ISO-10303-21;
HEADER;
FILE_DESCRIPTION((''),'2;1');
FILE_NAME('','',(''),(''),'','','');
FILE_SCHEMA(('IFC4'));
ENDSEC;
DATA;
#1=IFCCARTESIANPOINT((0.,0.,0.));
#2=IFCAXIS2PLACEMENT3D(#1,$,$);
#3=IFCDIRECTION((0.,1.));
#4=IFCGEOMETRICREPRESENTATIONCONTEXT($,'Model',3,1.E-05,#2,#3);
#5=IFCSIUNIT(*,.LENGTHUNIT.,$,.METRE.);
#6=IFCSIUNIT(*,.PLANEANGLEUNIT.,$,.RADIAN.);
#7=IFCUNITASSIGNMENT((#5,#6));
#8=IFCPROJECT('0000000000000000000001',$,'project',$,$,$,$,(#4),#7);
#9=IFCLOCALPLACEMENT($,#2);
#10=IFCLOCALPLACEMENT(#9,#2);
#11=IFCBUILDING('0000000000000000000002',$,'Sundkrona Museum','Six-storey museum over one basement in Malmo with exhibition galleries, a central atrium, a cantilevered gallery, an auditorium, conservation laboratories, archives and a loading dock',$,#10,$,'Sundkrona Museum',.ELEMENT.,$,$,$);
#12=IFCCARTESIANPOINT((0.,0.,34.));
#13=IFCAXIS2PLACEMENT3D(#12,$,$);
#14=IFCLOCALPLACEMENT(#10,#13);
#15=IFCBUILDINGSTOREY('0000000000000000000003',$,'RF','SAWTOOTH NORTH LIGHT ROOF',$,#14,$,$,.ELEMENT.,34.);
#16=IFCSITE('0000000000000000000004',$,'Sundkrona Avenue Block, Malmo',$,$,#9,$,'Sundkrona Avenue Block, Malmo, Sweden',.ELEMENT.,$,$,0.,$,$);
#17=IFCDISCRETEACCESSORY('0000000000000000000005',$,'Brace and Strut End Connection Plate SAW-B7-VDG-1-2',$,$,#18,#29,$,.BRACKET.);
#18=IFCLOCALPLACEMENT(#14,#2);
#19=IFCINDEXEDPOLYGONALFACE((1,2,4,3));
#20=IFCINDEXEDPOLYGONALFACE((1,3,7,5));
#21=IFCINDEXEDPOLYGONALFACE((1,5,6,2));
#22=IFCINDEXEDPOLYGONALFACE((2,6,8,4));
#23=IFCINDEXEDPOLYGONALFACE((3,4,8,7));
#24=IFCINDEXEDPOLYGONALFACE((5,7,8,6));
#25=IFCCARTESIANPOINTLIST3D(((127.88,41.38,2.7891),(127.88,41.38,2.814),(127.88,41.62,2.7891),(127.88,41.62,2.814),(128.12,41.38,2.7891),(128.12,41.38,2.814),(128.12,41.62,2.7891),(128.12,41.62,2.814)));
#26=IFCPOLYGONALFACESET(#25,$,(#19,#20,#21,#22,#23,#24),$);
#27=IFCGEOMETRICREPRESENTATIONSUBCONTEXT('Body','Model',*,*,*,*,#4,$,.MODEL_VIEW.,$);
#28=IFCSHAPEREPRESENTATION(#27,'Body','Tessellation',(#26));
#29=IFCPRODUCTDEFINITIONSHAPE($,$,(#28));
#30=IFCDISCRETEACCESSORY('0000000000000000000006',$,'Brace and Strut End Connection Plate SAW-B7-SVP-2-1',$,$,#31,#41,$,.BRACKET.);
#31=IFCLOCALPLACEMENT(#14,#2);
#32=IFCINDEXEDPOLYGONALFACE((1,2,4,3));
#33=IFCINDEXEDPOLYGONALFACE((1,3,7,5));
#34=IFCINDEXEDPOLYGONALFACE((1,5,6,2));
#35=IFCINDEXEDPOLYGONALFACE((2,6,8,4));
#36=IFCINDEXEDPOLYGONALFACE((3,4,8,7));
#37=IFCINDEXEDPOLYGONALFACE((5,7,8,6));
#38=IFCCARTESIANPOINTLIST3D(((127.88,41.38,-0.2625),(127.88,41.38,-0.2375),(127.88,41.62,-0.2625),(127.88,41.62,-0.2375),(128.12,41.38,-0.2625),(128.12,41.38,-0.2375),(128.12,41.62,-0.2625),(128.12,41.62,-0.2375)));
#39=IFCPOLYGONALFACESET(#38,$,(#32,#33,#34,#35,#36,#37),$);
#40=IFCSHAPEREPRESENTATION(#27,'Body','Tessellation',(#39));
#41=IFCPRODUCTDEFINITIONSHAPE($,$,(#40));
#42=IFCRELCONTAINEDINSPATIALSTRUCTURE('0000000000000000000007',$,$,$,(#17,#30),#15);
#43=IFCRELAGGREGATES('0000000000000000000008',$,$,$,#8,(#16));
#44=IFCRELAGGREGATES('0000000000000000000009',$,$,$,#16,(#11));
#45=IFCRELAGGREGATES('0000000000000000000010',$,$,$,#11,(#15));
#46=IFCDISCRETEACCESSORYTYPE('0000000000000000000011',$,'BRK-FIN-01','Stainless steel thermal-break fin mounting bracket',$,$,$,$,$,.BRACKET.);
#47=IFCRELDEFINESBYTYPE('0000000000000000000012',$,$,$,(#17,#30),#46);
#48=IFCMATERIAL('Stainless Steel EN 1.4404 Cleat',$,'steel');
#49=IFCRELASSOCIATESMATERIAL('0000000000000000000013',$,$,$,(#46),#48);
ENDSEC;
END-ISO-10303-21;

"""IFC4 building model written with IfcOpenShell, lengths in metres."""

from ifc_helpers import new_model, si_unit, direction, frame, origin, origin_2d, place, context, subcontext, project, spatial, rectangle, extrude, material, type_object, element, save


model = new_model("IFC4")

# Units and contexts
model_context = context("Model", 3, precision=1e-05, world=origin(), true_north=direction((0.0, 1.0)))
body_context = subcontext(model_context, "Body", "Model", "MODEL_VIEW")
ifc_project = project(units=[si_unit("LENGTHUNIT", "METRE"), si_unit("PLANEANGLEUNIT", "RADIAN")], contexts=[model_context])

# Site, building, storey
site_placement = place(None, origin())
site = spatial("IfcSite", under=ifc_project, at=site_placement, Name="Sundkrona Avenue Block, Malmo", LongName="Sundkrona Avenue Block, Malmo, Sweden", CompositionType="ELEMENT", RefElevation=0.0)
building_placement = place(site_placement, origin())
building = spatial("IfcBuilding", under=site, at=building_placement, Name="Sundkrona Museum", Description="Six-storey museum over one basement in Malmo with exhibition galleries, a central atrium, a cantilevered gallery, an auditorium, conservation laboratories, archives and a loading dock", LongName="Sundkrona Museum", CompositionType="ELEMENT")
storey_placement = place(building_placement, frame((0.0, 0.0, 34.0)))
storey = spatial("IfcBuildingStorey", under=building, at=storey_placement, Name="RF", Description="SAWTOOTH NORTH LIGHT ROOF", CompositionType="ELEMENT", Elevation=34.0)

# Discrete accessories
ifc_material_1 = material(Name="Stainless Steel EN 1.4404 Cleat", Category="steel")
discrete_accessory_type = type_object("IfcDiscreteAccessoryType", Name="BRK-FIN-01", Description="Stainless steel thermal-break fin mounting bracket", PredefinedType="BRACKET", material=ifc_material_1)
for number, where, z_axis, x_axis, name in (
    (1, (128.0, 41.5, 2.7891), (0.0, 0.0, 1.0), (1.0, 0.0, 0.0), "Brace and Strut End Connection Plate SAW-B7-VDG-1-2"),
    (2, (128.0, 41.5, -0.2625), (0.0, 0.0, 1.0), (1.0, 0.0, 0.0), "Brace and Strut End Connection Plate SAW-B7-SVP-2-1"),
):
    element("IfcDiscreteAccessory", number, at=place(storey_placement, frame(where, z_axis=z_axis, x_axis=x_axis)), inside=storey, type_object=discrete_accessory_type, Name=name, PredefinedType="BRACKET", context=body_context, shape_type="SweptSolid", body=[
        extrude(rectangle(XDim=0.24, YDim=0.24, at=origin_2d()), origin(), (0.0, 0.0, 1.0), 0.0249),
    ])

save(model, "model.ifc")
